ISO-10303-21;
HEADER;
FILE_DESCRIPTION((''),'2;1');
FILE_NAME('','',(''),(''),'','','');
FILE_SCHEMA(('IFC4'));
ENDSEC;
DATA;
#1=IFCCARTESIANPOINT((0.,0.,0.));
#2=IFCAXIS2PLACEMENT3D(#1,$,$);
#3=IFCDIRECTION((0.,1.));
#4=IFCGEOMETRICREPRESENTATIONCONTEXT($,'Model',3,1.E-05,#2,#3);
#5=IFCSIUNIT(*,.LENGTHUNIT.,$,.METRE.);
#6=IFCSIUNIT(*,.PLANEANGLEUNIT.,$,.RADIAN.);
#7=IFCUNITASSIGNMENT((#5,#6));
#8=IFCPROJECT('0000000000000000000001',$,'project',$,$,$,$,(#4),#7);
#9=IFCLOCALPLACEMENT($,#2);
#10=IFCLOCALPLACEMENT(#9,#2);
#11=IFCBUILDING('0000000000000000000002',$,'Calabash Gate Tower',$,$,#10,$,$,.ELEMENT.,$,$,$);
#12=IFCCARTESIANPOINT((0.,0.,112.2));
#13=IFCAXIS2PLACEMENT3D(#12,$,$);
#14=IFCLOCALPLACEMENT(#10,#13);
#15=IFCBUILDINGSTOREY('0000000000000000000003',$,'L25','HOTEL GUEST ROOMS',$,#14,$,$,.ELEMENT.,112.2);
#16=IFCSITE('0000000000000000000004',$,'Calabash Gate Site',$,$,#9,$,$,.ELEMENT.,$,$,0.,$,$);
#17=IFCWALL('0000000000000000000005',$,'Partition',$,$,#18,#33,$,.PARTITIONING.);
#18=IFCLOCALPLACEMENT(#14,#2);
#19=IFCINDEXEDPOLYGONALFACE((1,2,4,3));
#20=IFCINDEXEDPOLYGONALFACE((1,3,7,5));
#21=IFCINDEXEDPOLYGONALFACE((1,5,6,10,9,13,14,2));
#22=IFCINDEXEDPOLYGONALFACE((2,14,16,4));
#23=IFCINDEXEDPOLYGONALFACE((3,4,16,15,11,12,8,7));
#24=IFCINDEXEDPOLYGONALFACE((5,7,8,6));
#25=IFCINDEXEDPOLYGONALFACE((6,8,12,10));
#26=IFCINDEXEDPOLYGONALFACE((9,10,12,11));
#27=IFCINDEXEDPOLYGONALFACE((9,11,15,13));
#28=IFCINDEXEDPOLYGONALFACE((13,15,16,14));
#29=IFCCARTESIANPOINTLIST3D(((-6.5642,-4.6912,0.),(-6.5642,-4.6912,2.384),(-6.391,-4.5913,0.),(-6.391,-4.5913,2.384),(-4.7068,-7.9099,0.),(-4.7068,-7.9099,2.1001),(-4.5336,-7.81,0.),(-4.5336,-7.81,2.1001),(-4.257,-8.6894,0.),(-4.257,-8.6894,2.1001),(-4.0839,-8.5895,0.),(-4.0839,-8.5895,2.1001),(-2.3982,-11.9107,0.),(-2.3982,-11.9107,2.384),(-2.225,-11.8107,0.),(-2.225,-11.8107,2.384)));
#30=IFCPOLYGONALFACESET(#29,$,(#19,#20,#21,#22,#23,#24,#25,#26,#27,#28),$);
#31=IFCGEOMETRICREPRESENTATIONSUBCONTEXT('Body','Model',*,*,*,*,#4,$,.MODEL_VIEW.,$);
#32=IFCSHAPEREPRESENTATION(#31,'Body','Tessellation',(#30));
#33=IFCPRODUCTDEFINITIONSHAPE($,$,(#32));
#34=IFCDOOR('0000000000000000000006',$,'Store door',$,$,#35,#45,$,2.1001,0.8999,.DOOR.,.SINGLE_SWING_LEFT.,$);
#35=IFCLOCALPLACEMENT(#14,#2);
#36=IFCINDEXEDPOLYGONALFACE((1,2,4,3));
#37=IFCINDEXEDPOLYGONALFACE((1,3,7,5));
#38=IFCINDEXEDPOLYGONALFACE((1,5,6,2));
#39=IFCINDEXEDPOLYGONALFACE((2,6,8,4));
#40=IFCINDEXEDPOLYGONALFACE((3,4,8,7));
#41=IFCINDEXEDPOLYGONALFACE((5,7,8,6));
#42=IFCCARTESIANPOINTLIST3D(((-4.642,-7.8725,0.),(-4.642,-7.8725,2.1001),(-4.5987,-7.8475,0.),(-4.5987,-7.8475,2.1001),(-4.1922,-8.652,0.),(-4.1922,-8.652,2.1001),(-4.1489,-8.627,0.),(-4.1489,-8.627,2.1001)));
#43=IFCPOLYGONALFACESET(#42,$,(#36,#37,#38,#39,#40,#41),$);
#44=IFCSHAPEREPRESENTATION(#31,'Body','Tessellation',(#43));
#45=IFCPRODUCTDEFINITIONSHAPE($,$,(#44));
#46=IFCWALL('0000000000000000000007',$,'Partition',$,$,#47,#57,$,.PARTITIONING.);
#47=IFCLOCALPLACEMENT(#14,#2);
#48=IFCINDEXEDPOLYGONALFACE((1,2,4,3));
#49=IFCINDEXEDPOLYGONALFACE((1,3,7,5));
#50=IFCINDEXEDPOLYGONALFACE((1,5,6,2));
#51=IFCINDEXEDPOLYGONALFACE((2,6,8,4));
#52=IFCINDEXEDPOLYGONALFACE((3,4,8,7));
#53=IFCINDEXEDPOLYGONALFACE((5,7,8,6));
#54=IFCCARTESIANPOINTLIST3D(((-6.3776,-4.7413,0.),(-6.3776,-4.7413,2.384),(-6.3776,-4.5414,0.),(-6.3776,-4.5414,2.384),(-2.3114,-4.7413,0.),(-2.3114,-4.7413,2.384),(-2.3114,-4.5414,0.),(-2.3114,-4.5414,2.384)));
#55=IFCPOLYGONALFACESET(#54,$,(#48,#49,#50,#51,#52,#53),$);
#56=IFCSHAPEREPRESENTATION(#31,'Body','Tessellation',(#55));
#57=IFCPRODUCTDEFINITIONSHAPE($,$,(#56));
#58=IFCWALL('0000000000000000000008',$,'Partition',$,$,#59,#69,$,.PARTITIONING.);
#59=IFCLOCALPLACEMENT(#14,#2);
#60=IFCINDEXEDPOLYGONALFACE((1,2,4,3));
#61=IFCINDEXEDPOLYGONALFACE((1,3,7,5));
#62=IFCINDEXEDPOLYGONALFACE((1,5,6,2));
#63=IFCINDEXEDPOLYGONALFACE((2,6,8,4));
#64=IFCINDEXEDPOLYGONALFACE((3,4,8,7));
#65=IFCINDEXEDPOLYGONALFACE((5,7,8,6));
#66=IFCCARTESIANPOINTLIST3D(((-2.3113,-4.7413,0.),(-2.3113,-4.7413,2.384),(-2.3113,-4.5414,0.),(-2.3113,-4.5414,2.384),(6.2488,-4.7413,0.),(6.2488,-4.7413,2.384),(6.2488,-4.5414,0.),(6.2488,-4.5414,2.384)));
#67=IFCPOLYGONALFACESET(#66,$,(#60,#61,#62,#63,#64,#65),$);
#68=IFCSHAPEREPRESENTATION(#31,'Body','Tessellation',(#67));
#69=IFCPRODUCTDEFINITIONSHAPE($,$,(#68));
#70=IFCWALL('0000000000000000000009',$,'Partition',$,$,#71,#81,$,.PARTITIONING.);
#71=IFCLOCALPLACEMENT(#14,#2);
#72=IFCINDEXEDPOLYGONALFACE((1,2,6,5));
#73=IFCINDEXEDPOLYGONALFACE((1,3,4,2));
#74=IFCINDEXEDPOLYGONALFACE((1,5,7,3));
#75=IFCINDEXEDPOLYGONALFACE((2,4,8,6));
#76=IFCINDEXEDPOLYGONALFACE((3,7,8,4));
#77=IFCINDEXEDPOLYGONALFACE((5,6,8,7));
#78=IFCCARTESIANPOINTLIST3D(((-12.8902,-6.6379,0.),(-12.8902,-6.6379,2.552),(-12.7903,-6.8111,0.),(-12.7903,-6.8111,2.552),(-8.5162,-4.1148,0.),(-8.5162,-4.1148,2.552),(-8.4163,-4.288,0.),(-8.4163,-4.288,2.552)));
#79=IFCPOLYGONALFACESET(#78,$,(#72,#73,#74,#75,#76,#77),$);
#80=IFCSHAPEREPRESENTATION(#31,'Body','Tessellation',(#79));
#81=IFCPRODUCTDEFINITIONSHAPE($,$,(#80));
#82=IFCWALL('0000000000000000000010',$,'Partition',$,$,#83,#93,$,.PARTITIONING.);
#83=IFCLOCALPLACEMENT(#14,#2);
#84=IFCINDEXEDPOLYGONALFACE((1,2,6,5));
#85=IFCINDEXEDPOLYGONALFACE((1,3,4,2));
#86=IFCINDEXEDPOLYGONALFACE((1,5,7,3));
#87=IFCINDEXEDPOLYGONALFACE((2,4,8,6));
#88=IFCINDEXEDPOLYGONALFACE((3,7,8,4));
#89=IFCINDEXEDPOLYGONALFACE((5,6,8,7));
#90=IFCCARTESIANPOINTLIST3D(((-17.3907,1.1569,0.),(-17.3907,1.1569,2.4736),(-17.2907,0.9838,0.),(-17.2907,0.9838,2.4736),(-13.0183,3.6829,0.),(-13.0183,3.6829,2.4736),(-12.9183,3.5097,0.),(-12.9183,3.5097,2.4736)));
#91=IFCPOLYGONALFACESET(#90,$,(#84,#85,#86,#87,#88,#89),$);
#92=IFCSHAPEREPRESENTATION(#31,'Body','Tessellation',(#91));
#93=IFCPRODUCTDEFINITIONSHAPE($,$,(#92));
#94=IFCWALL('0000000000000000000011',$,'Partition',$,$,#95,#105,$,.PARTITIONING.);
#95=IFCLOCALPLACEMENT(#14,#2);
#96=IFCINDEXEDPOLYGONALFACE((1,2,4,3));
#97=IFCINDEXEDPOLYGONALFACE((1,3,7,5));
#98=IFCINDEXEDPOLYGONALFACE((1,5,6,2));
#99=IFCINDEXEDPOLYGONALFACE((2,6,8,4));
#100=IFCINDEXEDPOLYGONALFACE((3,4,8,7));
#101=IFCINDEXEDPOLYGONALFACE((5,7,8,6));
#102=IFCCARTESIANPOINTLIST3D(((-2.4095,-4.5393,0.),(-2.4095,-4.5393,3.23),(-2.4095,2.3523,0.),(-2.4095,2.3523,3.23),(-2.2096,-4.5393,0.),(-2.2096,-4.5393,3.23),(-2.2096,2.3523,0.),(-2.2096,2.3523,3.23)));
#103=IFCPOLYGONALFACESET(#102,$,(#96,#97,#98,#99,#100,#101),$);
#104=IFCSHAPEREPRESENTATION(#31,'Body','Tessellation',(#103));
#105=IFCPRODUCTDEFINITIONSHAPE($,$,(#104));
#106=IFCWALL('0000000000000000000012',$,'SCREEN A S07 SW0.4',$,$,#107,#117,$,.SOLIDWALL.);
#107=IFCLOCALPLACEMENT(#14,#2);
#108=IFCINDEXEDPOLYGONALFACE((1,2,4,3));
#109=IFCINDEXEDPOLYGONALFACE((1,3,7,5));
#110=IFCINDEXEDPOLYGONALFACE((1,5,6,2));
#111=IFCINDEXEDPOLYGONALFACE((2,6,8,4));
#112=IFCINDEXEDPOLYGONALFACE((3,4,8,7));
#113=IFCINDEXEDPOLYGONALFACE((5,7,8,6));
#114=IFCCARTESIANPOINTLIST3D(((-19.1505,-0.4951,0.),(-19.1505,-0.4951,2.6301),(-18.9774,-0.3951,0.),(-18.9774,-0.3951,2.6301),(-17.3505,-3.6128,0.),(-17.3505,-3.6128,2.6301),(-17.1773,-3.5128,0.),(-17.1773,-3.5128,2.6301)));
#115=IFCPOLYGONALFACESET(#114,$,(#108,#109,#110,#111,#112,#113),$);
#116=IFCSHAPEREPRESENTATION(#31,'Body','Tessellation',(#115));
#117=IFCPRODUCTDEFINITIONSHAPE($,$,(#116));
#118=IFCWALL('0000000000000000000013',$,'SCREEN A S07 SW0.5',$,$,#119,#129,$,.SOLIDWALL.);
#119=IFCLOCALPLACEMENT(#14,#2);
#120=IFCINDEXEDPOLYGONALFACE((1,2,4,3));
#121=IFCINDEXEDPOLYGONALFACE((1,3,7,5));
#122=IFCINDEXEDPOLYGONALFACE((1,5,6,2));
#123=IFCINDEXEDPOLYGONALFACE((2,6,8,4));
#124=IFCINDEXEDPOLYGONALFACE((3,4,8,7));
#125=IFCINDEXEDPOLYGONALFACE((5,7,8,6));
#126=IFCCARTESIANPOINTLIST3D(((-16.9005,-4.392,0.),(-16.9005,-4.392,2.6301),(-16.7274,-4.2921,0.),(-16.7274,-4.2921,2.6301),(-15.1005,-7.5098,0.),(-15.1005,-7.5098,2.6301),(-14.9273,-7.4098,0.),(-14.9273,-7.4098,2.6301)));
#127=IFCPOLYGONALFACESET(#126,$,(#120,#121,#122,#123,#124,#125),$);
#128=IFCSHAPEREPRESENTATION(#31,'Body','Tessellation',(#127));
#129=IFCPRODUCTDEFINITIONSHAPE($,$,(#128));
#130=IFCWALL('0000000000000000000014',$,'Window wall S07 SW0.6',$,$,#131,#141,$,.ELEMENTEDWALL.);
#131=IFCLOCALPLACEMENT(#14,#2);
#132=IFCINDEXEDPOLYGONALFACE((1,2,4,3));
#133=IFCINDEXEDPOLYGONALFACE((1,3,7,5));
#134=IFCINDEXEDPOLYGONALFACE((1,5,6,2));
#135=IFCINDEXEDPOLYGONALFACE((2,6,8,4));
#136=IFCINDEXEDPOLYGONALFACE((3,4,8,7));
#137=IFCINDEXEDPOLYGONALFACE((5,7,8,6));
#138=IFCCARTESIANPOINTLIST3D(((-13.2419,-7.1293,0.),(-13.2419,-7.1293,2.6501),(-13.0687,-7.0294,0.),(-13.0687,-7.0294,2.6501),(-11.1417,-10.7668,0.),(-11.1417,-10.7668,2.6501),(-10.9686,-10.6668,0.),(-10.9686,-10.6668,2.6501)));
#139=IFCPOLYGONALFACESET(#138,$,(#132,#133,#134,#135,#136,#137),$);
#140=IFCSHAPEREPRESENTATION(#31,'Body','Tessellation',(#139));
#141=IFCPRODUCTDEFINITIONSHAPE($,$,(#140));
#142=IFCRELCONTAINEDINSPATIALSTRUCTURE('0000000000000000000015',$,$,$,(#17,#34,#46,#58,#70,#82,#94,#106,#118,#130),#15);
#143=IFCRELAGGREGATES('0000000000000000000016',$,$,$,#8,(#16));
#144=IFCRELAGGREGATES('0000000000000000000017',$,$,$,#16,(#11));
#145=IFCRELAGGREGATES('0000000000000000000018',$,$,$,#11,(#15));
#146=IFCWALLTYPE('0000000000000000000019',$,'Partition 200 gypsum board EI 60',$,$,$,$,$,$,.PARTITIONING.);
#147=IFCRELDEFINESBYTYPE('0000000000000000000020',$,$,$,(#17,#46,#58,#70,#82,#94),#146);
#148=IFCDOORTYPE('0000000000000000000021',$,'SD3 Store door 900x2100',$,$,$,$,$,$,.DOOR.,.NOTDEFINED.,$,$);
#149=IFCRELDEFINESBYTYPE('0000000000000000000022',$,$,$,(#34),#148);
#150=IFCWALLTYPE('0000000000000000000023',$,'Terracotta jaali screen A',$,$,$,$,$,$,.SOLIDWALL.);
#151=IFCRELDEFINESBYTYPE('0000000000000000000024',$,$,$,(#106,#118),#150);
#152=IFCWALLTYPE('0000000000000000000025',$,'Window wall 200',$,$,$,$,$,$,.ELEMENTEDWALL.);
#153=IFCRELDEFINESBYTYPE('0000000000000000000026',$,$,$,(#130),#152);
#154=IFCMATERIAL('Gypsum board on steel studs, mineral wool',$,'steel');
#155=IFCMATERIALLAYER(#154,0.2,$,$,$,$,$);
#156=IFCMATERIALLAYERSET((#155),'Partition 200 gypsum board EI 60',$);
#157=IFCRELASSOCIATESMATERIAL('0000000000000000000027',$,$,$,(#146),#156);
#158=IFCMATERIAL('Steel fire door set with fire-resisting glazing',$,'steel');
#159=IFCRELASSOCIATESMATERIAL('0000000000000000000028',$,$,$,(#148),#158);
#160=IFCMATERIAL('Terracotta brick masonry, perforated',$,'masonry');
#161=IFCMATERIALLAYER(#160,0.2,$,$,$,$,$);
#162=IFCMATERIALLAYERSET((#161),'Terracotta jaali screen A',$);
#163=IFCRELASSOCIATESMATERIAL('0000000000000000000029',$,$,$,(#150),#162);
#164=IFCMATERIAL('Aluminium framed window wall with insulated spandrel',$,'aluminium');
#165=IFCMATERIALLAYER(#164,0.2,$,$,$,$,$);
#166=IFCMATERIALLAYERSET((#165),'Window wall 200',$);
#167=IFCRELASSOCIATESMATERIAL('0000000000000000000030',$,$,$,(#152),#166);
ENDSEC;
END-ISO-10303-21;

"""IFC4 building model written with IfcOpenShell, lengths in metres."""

from ifc_helpers import new_model, si_unit, direction, frame, frame_2d, origin, place, context, subcontext, project, spatial, rectangle, extrude, material, layer, layer_set, type_object, element, fill, save


model = new_model("IFC4")

# Units and contexts
model_context = context("Model", 3, precision=1e-05, world=origin(), true_north=direction((0.0, 1.0)))
body_context = subcontext(model_context, "Body", "Model", "MODEL_VIEW")
ifc_project = project(units=[si_unit("LENGTHUNIT", "METRE"), si_unit("PLANEANGLEUNIT", "RADIAN")], contexts=[model_context])

# Site, building, storey
site_placement = place(None, origin())
site = spatial("IfcSite", under=ifc_project, at=site_placement, Name="Calabash Gate Site", CompositionType="ELEMENT", RefElevation=0.0)
building_placement = place(site_placement, origin())
building = spatial("IfcBuilding", under=site, at=building_placement, Name="Calabash Gate Tower", CompositionType="ELEMENT")
storey_placement = place(building_placement, frame((0.0, 0.0, 112.2)))
storey = spatial("IfcBuildingStorey", under=building, at=storey_placement, Name="L25", Description="HOTEL GUEST ROOMS", CompositionType="ELEMENT", Elevation=112.2)

# Wall, opening, door
ifc_material_1 = material(Name="Gypsum board on steel studs, mineral wool", Category="steel")
ifc_layer_1 = layer(ifc_material_1, 0.2)
ifc_layer_set_1 = layer_set([ifc_layer_1], Name="Partition 200 gypsum board EI 60")
wall_type_1 = type_object("IfcWallType", Name="Partition 200 gypsum board EI 60", PredefinedType="PARTITIONING", material=ifc_layer_set_1)
wall_1_placement = place(storey_placement, frame((-6.4775, -4.6414, 0.0), z_axis=(0.0, 0.0, 1.0), x_axis=(0.499806, -0.866137, 0.0)))
wall_1 = element("IfcWall", 1, at=wall_1_placement, inside=storey, type_object=wall_type_1, Name="Partition", PredefinedType="PARTITIONING", context=body_context, shape_type="SweptSolid", body=[
    extrude(rectangle(XDim=8.3352, YDim=0.2, at=frame_2d((4.1675, 0.0))), origin(), (0.0, 0.0, 1.0), 2.384),
])
opening_1_placement = place(wall_1_placement, frame((3.7161, 0.0, 0.0)))
opening_1 = element("IfcOpeningElement", 2, at=opening_1_placement, cuts=wall_1, PredefinedType="OPENING", context=body_context, shape_type="SweptSolid", body=[
    extrude(rectangle(XDim=0.8999, YDim=2.1001, at=frame_2d((0.45, 1.05))), frame((0.0, 0.1099, 0.0), z_axis=(0.0, -1.0, 0.0), x_axis=(1.0, 0.0, 0.0)), (0.0, 0.0, 1.0), 0.22),
])
ifc_material_2 = material(Name="Steel fire door set with fire-resisting glazing", Category="steel")
door_type_1 = type_object("IfcDoorType", Name="SD3 Store door 900x2100", OperationType="NOTDEFINED", PredefinedType="DOOR", material=ifc_material_2)
door_1_placement = place(opening_1_placement, origin())
door_1 = element("IfcDoor", 3, at=door_1_placement, inside=storey, type_object=door_type_1, Name="Store door", OperationType="SINGLE_SWING_LEFT", OverallHeight=2.1001, OverallWidth=0.8999, PredefinedType="DOOR", context=body_context, shape_type="SweptSolid", body=[
    extrude(rectangle(XDim=0.8999, YDim=2.1001, at=frame_2d((0.45, 1.05))), frame((0.0, 0.0249, 0.0), z_axis=(0.0, -1.0, 0.0), x_axis=(1.0, 0.0, 0.0)), (0.0, 0.0, 1.0), 0.05),
])
fill(opening_1, door_1)

# Walls
wall_2_placement = place(storey_placement, frame((-6.3777, -4.6414, 0.0), z_axis=(0.0, 0.0, 1.0), x_axis=(1.0, 0.0, 0.0)))
element("IfcWall", 4, at=wall_2_placement, inside=storey, type_object=wall_type_1, Name="Partition", PredefinedType="PARTITIONING", context=body_context, shape_type="SweptSolid", body=[
    extrude(rectangle(XDim=4.0662, YDim=0.2, at=frame_2d((2.0332, 0.0))), origin(), (0.0, 0.0, 1.0), 2.384),
])
wall_3_placement = place(storey_placement, frame((-2.3113, -4.6414, 0.0), z_axis=(0.0, 0.0, 1.0), x_axis=(1.0, 0.0, 0.0)))
element("IfcWall", 5, at=wall_3_placement, inside=storey, type_object=wall_type_1, Name="Partition", PredefinedType="PARTITIONING", context=body_context, shape_type="SweptSolid", body=[
    extrude(rectangle(XDim=8.5601, YDim=0.2, at=frame_2d((4.28, 0.0))), origin(), (0.0, 0.0, 1.0), 2.384),
])
wall_4_placement = place(storey_placement, frame((-12.8403, -6.7246, 0.0), z_axis=(0.0, 0.0, 1.0), x_axis=(0.86621, 0.499681, 0.0)))
element("IfcWall", 6, at=wall_4_placement, inside=storey, type_object=wall_type_1, Name="Partition", PredefinedType="PARTITIONING", context=body_context, shape_type="SweptSolid", body=[
    extrude(rectangle(XDim=5.0496, YDim=0.2, at=frame_2d((2.5249, 0.0))), origin(), (0.0, 0.0, 1.0), 2.552),
])
wall_5_placement = place(storey_placement, frame((-17.3408, 1.0703, 0.0), z_axis=(0.0, 0.0, 1.0), x_axis=(0.865895, 0.500226, 0.0)))
element("IfcWall", 7, at=wall_5_placement, inside=storey, type_object=wall_type_1, Name="Partition", PredefinedType="PARTITIONING", context=body_context, shape_type="SweptSolid", body=[
    extrude(rectangle(XDim=5.0496, YDim=0.2, at=frame_2d((2.5249, 0.0))), origin(), (0.0, 0.0, 1.0), 2.4736),
])
wall_6_placement = place(storey_placement, frame((-2.3096, -4.5393, 0.0), z_axis=(0.0, 0.0, 1.0), x_axis=(0.0, 1.0, 0.0)))
element("IfcWall", 8, at=wall_6_placement, inside=storey, type_object=wall_type_1, Name="Partition", PredefinedType="PARTITIONING", context=body_context, shape_type="SweptSolid", body=[
    extrude(rectangle(XDim=6.8916, YDim=0.2, at=frame_2d((3.4458, 0.0))), origin(), (0.0, 0.0, 1.0), 3.23),
])
ifc_material_3 = material(Name="Terracotta brick masonry, perforated", Category="masonry")
ifc_layer_2 = layer(ifc_material_3, 0.2)
ifc_layer_set_2 = layer_set([ifc_layer_2], Name="Terracotta jaali screen A")
wall_type_2 = type_object("IfcWallType", Name="Terracotta jaali screen A", PredefinedType="SOLIDWALL", material=ifc_layer_set_2)
for number, where, z_axis, x_axis, name in (
    (9, (-19.064, -0.4451, 0.0), (0.0, 0.0, 1.0), (0.500012, -0.866018, 0.0), "SCREEN A S07 SW0.4"),
    (10, (-16.814, -4.342, 0.0), (0.0, 0.0, 1.0), (0.500012, -0.866018, 0.0), "SCREEN A S07 SW0.5"),
):
    element("IfcWall", number, at=place(storey_placement, frame(where, z_axis=z_axis, x_axis=x_axis)), inside=storey, type_object=wall_type_2, Name=name, PredefinedType="SOLIDWALL", context=body_context, shape_type="SweptSolid", body=[
        extrude(rectangle(XDim=3.6001, YDim=0.2, at=frame_2d((1.8, 0.0))), origin(), (0.0, 0.0, 1.0), 2.6301),
    ])

# Shared definitions
ifc_material_4 = material(Name="Aluminium framed window wall with insulated spandrel", Category="aluminium")
ifc_layer_3 = layer(ifc_material_4, 0.2)
ifc_layer_set_3 = layer_set([ifc_layer_3], Name="Window wall 200")
wall_type_3 = type_object("IfcWallType", Name="Window wall 200", PredefinedType="ELEMENTEDWALL", material=ifc_layer_set_3)

# Wall
wall_7_placement = place(storey_placement, frame((-13.1553, -7.0793, 0.0), z_axis=(0.0, 0.0, 1.0), x_axis=(0.500003, -0.866024, 0.0)))
element("IfcWall", 11, at=wall_7_placement, inside=storey, type_object=wall_type_3, Name="Window wall S07 SW0.6", PredefinedType="ELEMENTEDWALL", context=body_context, shape_type="SweptSolid", body=[
    extrude(rectangle(XDim=4.2002, YDim=0.2, at=frame_2d((2.1001, 0.0))), origin(), (0.0, 0.0, 1.0), 2.6501),
])

save(model, "model.ifc")
